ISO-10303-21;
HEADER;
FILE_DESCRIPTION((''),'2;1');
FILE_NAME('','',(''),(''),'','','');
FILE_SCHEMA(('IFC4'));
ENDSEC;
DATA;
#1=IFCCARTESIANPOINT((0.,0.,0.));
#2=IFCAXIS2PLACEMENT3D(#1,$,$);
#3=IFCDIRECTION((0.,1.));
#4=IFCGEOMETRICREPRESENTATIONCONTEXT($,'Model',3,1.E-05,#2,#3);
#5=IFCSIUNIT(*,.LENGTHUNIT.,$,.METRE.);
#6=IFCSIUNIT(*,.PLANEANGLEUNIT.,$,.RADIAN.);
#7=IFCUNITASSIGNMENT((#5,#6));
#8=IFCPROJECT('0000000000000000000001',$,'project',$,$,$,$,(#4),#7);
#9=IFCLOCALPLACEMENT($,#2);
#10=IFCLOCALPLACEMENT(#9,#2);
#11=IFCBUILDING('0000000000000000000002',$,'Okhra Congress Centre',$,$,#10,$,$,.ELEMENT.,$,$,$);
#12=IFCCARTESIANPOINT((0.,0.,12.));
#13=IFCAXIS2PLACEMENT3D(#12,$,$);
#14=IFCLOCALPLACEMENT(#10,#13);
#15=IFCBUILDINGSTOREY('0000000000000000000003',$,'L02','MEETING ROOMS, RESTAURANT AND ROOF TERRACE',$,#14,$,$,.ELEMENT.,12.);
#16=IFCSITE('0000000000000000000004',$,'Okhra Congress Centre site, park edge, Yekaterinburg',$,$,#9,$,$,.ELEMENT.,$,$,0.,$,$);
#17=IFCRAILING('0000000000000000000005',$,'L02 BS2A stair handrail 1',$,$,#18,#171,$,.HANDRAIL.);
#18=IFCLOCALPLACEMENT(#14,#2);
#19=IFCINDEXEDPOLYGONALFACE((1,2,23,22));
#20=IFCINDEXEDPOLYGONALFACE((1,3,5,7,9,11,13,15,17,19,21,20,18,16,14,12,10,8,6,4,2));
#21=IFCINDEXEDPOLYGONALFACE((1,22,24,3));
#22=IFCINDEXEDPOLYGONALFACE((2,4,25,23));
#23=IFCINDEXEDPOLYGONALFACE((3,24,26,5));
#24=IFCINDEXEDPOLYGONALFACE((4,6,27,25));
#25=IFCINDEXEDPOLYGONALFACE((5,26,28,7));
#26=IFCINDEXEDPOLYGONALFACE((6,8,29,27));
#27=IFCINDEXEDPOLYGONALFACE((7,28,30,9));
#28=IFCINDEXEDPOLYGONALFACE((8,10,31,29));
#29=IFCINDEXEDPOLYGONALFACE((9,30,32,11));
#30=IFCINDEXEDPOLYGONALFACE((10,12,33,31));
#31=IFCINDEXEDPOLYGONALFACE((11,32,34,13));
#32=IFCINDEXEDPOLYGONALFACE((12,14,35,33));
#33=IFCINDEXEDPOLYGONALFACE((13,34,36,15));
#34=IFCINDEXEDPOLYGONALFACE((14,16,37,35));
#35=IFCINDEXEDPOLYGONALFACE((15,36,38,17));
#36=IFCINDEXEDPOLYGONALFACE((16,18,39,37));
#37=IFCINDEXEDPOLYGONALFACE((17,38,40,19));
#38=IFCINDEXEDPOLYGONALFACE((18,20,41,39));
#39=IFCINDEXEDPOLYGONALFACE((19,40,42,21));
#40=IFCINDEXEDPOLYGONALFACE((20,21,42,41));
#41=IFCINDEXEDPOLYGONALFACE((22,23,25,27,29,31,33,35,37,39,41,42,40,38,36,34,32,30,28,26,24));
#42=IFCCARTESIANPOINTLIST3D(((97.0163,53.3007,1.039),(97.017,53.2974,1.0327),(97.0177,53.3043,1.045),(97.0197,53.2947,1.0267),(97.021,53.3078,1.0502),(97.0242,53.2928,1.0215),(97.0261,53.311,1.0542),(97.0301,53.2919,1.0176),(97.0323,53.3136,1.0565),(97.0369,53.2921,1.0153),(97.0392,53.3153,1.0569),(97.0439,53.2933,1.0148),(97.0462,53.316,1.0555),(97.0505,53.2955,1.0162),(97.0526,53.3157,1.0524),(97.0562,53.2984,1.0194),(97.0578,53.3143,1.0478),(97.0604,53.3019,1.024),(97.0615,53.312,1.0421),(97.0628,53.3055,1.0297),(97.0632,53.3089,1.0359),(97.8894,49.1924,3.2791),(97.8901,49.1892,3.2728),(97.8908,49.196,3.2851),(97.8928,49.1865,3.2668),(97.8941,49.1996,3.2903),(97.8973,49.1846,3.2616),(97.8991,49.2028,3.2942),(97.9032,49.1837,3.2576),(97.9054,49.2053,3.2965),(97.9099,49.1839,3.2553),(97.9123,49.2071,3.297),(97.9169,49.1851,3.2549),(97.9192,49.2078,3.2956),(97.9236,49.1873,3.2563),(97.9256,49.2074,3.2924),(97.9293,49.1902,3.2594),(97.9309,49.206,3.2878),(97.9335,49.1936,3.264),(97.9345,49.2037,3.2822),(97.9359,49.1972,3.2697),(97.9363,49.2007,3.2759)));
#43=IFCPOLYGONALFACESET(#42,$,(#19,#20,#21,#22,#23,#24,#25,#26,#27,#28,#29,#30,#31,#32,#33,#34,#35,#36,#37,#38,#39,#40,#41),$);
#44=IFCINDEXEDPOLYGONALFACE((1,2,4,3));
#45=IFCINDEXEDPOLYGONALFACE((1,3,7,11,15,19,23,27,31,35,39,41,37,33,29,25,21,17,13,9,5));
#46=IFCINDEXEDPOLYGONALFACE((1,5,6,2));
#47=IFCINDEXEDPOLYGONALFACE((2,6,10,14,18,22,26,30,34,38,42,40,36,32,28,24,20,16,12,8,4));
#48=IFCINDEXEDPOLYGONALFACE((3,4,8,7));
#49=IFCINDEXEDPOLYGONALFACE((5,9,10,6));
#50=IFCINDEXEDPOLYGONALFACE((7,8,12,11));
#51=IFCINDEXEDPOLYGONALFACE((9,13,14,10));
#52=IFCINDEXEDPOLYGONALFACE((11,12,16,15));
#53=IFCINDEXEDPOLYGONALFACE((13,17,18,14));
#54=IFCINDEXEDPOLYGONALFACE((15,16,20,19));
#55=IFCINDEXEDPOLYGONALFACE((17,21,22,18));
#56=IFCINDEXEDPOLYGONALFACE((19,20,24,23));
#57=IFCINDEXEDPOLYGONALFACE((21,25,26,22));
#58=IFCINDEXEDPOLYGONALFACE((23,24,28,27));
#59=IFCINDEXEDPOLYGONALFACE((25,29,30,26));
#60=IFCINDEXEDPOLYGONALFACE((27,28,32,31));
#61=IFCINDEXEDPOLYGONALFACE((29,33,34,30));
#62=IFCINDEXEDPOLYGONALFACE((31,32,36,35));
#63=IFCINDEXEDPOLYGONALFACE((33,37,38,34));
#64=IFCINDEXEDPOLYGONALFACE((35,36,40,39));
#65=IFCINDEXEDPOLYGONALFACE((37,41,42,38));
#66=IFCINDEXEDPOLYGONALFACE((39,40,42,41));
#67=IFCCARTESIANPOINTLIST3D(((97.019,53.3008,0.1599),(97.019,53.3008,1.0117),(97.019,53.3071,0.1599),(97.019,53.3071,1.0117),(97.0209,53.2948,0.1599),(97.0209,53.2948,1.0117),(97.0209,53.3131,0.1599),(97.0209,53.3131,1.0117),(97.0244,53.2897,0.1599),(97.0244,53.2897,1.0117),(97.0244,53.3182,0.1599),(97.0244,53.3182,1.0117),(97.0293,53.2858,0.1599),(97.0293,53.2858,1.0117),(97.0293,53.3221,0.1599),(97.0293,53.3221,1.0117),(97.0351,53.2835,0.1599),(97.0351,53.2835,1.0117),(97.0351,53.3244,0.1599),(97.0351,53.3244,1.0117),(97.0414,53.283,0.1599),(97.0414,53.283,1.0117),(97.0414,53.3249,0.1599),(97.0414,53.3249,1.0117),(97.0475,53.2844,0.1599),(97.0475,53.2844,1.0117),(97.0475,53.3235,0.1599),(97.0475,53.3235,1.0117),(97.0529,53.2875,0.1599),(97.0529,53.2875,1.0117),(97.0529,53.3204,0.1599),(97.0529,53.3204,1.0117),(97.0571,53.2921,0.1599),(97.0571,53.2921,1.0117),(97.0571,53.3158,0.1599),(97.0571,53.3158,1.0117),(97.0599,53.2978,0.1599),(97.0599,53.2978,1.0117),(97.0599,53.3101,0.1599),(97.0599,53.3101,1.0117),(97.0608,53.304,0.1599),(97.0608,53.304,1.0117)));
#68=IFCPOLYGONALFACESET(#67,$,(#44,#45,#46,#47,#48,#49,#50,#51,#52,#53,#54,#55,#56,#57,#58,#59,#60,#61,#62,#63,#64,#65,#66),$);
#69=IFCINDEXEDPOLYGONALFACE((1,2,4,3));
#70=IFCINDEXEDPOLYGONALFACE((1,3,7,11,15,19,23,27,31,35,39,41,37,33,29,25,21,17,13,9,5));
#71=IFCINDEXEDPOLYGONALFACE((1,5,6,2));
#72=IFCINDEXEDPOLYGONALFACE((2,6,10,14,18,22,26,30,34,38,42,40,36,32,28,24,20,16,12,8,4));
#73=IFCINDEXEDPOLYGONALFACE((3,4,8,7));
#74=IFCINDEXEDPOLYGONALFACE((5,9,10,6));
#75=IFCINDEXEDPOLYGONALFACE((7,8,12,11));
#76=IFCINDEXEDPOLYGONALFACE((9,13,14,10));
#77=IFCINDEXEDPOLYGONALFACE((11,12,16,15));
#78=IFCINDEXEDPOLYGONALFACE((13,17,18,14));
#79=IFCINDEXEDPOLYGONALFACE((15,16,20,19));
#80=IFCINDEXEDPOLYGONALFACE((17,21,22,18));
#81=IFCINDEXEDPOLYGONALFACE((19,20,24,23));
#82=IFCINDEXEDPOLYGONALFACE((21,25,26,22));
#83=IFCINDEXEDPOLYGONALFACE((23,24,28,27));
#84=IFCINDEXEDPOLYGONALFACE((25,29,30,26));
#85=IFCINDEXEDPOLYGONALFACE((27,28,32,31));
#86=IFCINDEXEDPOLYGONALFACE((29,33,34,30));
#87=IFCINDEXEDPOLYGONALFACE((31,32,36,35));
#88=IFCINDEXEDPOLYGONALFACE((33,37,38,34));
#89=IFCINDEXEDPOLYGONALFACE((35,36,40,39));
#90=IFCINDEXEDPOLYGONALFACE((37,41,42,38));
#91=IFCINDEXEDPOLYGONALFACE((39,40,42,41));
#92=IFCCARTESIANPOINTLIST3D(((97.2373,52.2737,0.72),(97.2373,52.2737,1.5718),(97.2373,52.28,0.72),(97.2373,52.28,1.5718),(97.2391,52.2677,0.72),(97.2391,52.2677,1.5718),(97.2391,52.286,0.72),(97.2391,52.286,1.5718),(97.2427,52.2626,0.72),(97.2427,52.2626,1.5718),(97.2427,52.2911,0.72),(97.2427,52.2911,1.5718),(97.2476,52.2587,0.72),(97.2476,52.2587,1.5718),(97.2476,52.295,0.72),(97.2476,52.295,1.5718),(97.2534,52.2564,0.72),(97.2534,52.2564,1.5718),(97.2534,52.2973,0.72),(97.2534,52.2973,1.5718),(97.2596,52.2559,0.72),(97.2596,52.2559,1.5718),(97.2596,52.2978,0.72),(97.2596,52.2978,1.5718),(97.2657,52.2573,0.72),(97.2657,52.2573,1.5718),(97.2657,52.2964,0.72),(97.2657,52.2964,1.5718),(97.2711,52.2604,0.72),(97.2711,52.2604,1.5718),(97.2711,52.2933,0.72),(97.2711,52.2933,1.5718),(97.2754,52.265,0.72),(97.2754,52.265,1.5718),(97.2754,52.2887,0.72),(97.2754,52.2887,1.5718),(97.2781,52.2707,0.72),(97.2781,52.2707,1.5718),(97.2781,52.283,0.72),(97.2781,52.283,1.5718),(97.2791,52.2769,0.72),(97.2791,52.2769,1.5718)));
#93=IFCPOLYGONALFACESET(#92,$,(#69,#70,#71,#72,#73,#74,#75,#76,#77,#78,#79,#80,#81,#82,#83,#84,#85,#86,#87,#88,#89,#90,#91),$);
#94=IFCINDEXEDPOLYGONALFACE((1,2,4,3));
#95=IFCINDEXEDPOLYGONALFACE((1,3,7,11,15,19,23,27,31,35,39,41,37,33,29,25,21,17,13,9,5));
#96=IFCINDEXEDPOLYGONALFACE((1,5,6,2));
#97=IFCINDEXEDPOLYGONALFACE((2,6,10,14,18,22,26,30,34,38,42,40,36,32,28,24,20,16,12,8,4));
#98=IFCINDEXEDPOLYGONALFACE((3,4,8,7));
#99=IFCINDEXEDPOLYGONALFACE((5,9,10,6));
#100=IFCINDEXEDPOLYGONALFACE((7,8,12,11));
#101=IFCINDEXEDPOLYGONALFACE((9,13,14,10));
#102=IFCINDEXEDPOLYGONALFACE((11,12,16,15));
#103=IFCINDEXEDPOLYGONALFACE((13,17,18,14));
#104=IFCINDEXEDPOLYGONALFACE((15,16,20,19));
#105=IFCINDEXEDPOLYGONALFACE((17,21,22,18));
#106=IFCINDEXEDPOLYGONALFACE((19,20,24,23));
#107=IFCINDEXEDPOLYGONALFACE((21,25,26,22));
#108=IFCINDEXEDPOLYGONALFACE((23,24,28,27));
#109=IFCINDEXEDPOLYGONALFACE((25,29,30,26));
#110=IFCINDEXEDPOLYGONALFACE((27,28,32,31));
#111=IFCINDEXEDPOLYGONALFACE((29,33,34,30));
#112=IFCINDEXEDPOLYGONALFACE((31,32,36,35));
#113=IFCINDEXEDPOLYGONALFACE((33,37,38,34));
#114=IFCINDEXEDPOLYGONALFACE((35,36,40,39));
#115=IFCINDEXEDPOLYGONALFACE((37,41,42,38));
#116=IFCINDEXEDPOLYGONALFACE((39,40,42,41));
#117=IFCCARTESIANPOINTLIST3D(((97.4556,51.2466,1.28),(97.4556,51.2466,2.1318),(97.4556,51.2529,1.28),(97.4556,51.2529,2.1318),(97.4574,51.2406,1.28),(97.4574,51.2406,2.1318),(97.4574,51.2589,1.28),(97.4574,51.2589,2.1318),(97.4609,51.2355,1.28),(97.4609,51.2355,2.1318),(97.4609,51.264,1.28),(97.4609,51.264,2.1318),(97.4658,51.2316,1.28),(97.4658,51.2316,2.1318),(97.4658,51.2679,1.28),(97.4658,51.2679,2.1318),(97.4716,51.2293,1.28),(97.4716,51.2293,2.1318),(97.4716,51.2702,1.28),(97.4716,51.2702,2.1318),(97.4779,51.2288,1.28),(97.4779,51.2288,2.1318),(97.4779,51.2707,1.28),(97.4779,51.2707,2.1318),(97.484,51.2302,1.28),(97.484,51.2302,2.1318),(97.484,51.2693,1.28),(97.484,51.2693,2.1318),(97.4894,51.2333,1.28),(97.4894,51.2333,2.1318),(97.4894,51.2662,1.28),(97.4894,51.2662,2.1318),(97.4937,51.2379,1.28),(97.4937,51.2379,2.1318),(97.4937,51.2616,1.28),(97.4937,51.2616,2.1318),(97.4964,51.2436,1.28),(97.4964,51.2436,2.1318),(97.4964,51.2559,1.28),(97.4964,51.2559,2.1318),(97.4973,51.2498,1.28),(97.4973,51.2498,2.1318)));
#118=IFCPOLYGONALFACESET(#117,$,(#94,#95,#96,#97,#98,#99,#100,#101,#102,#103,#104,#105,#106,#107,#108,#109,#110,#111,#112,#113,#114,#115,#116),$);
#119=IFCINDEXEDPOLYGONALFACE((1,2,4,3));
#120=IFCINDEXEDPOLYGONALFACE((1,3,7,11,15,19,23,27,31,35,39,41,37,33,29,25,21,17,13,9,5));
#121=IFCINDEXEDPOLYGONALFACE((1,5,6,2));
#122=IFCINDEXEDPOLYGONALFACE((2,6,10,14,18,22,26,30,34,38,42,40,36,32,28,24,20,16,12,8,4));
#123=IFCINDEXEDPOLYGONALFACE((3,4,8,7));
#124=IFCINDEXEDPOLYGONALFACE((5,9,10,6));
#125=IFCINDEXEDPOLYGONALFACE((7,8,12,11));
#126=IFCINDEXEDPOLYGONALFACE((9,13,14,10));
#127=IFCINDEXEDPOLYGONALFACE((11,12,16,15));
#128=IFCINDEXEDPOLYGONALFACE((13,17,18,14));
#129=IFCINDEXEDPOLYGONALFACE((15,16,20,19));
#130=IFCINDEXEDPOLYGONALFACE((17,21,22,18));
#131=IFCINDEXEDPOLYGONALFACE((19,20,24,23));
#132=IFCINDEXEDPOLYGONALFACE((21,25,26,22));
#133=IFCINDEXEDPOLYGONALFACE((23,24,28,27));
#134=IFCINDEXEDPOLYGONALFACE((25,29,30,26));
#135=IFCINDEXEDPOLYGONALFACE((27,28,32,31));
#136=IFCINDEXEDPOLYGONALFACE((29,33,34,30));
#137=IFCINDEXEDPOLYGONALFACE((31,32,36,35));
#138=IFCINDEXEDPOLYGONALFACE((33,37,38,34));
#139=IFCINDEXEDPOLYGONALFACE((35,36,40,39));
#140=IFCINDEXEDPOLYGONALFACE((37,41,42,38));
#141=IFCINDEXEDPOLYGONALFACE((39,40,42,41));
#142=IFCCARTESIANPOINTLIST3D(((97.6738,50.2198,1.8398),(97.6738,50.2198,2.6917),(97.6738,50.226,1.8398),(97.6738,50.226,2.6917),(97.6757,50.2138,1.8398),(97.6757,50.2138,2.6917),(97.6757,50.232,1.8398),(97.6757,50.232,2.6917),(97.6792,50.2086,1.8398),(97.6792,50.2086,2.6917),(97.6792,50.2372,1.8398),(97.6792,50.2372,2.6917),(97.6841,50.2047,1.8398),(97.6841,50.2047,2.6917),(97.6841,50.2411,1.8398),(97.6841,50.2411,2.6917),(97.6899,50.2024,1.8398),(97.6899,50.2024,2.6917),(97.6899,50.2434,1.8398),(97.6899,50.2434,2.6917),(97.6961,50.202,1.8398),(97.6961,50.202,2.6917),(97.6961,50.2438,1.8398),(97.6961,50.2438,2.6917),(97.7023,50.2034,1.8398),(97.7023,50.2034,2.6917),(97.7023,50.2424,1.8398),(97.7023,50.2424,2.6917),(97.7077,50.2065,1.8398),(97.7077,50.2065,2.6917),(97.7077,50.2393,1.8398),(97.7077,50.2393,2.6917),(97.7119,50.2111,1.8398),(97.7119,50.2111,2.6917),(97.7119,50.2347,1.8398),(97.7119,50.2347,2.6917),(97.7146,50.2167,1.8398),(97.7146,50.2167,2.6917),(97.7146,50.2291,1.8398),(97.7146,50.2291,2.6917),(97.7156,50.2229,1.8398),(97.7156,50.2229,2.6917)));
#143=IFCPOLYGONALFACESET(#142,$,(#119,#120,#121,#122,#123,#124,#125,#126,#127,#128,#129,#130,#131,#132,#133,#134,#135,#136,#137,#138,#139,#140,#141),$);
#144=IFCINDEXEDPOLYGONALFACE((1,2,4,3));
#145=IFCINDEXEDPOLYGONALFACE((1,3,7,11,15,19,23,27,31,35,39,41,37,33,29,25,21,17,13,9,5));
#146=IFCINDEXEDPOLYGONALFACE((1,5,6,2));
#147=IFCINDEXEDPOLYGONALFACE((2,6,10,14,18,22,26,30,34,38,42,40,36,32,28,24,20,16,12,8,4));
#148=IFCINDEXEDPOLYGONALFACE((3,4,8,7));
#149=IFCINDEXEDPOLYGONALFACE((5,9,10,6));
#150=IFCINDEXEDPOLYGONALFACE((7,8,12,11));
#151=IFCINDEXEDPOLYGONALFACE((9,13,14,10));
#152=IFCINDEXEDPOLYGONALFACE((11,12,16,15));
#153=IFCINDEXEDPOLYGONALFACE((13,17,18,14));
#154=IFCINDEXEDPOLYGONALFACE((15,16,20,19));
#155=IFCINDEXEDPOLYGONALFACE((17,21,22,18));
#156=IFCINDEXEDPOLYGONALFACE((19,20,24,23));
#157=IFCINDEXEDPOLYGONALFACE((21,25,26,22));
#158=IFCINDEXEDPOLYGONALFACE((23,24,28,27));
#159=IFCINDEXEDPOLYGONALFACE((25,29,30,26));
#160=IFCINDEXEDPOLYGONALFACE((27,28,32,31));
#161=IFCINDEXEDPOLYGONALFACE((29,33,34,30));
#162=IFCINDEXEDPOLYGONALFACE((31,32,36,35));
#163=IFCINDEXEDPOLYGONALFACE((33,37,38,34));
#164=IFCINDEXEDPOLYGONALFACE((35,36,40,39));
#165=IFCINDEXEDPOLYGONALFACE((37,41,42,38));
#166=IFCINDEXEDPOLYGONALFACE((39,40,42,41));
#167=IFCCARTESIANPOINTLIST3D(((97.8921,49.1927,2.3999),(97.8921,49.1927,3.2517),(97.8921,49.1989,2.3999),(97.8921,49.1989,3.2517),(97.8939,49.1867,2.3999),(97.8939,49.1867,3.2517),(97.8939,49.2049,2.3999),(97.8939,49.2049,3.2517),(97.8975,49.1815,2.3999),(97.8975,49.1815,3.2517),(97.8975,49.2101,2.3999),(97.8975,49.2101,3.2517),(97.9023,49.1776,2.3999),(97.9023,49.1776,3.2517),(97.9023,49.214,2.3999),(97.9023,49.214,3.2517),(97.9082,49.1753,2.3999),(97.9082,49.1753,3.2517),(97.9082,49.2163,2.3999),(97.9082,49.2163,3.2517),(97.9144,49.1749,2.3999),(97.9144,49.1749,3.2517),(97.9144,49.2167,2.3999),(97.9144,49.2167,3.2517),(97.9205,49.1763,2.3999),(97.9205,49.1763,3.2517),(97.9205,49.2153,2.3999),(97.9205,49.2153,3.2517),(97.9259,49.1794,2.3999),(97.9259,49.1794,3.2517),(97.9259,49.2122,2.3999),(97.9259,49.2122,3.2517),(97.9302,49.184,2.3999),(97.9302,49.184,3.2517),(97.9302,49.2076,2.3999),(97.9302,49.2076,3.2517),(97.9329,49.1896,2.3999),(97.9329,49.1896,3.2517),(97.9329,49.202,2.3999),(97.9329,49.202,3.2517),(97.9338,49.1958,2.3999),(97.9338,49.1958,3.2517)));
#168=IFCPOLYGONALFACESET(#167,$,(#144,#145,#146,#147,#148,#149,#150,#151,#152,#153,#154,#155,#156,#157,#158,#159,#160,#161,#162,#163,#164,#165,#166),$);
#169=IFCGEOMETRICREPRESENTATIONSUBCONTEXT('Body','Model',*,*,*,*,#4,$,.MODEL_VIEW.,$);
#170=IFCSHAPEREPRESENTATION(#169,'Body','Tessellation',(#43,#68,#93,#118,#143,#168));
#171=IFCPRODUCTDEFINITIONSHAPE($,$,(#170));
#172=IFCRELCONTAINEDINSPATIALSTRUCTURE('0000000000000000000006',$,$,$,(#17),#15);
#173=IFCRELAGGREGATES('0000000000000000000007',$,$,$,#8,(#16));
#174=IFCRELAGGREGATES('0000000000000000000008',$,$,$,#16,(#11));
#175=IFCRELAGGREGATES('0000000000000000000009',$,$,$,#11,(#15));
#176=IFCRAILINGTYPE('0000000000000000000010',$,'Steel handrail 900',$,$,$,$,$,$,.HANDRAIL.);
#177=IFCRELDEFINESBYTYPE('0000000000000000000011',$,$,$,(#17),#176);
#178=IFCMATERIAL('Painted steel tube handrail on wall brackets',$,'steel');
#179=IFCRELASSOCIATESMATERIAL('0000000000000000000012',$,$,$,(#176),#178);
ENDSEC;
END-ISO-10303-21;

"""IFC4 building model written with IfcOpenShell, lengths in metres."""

from ifc_helpers import new_model, si_unit, direction, frame, origin, origin_2d, place, context, subcontext, project, spatial, circle, extrude, material, type_object, element, save


model = new_model("IFC4")

# Units and contexts
model_context = context("Model", 3, precision=1e-05, world=origin(), true_north=direction((0.0, 1.0)))
body_context = subcontext(model_context, "Body", "Model", "MODEL_VIEW")
ifc_project = project(units=[si_unit("LENGTHUNIT", "METRE"), si_unit("PLANEANGLEUNIT", "RADIAN")], contexts=[model_context])

# Site, building, storey
site_placement = place(None, origin())
site = spatial("IfcSite", under=ifc_project, at=site_placement, Name="Okhra Congress Centre site, park edge, Yekaterinburg", CompositionType="ELEMENT", RefElevation=0.0)
building_placement = place(site_placement, origin())
building = spatial("IfcBuilding", under=site, at=building_placement, Name="Okhra Congress Centre", CompositionType="ELEMENT")
storey_placement = place(building_placement, frame((0.0, 0.0, 12.0)))
storey = spatial("IfcBuildingStorey", under=building, at=storey_placement, Name="L02", Description="MEETING ROOMS, RESTAURANT AND ROOF TERRACE", CompositionType="ELEMENT", Elevation=12.0)

# Railing
ifc_material_1 = material(Name="Painted steel tube handrail on wall brackets", Category="steel")
railing_type_1 = type_object("IfcRailingType", Name="Steel handrail 900", PredefinedType="HANDRAIL", material=ifc_material_1)
railing_1_placement = place(storey_placement, frame((97.0398, 53.304, 0.1599)))
element("IfcRailing", 1, at=railing_1_placement, inside=storey, type_object=railing_type_1, Name="L02 BS2A stair handrail 1", PredefinedType="HANDRAIL", context=body_context, shape_type="SweptSolid", body=[
    extrude(circle(Radius=0.0239, at=origin_2d()), frame((0.0, 0.0, 0.876), z_axis=(0.183417, -0.863075, 0.470596), x_axis=(0.978156, 0.207873, 0.0)), (0.0, 0.0, 1.0), 4.76),
    extrude(circle(Radius=0.021, at=origin_2d()), origin(), (0.0, 0.0, 1.0), 0.8518),
    extrude(circle(Radius=0.021, at=origin_2d()), frame((0.2183, -1.0271, 0.5601)), (0.0, 0.0, 1.0), 0.8518),
    extrude(circle(Radius=0.021, at=origin_2d()), frame((0.4365, -2.0542, 1.1201)), (0.0, 0.0, 1.0), 0.8518),
    extrude(circle(Radius=0.021, at=origin_2d()), frame((0.6548, -3.0811, 1.6799)), (0.0, 0.0, 1.0), 0.8518),
    extrude(circle(Radius=0.021, at=origin_2d()), frame((0.873, -4.1082, 2.24)), (0.0, 0.0, 1.0), 0.8518),
])

save(model, "model.ifc")
